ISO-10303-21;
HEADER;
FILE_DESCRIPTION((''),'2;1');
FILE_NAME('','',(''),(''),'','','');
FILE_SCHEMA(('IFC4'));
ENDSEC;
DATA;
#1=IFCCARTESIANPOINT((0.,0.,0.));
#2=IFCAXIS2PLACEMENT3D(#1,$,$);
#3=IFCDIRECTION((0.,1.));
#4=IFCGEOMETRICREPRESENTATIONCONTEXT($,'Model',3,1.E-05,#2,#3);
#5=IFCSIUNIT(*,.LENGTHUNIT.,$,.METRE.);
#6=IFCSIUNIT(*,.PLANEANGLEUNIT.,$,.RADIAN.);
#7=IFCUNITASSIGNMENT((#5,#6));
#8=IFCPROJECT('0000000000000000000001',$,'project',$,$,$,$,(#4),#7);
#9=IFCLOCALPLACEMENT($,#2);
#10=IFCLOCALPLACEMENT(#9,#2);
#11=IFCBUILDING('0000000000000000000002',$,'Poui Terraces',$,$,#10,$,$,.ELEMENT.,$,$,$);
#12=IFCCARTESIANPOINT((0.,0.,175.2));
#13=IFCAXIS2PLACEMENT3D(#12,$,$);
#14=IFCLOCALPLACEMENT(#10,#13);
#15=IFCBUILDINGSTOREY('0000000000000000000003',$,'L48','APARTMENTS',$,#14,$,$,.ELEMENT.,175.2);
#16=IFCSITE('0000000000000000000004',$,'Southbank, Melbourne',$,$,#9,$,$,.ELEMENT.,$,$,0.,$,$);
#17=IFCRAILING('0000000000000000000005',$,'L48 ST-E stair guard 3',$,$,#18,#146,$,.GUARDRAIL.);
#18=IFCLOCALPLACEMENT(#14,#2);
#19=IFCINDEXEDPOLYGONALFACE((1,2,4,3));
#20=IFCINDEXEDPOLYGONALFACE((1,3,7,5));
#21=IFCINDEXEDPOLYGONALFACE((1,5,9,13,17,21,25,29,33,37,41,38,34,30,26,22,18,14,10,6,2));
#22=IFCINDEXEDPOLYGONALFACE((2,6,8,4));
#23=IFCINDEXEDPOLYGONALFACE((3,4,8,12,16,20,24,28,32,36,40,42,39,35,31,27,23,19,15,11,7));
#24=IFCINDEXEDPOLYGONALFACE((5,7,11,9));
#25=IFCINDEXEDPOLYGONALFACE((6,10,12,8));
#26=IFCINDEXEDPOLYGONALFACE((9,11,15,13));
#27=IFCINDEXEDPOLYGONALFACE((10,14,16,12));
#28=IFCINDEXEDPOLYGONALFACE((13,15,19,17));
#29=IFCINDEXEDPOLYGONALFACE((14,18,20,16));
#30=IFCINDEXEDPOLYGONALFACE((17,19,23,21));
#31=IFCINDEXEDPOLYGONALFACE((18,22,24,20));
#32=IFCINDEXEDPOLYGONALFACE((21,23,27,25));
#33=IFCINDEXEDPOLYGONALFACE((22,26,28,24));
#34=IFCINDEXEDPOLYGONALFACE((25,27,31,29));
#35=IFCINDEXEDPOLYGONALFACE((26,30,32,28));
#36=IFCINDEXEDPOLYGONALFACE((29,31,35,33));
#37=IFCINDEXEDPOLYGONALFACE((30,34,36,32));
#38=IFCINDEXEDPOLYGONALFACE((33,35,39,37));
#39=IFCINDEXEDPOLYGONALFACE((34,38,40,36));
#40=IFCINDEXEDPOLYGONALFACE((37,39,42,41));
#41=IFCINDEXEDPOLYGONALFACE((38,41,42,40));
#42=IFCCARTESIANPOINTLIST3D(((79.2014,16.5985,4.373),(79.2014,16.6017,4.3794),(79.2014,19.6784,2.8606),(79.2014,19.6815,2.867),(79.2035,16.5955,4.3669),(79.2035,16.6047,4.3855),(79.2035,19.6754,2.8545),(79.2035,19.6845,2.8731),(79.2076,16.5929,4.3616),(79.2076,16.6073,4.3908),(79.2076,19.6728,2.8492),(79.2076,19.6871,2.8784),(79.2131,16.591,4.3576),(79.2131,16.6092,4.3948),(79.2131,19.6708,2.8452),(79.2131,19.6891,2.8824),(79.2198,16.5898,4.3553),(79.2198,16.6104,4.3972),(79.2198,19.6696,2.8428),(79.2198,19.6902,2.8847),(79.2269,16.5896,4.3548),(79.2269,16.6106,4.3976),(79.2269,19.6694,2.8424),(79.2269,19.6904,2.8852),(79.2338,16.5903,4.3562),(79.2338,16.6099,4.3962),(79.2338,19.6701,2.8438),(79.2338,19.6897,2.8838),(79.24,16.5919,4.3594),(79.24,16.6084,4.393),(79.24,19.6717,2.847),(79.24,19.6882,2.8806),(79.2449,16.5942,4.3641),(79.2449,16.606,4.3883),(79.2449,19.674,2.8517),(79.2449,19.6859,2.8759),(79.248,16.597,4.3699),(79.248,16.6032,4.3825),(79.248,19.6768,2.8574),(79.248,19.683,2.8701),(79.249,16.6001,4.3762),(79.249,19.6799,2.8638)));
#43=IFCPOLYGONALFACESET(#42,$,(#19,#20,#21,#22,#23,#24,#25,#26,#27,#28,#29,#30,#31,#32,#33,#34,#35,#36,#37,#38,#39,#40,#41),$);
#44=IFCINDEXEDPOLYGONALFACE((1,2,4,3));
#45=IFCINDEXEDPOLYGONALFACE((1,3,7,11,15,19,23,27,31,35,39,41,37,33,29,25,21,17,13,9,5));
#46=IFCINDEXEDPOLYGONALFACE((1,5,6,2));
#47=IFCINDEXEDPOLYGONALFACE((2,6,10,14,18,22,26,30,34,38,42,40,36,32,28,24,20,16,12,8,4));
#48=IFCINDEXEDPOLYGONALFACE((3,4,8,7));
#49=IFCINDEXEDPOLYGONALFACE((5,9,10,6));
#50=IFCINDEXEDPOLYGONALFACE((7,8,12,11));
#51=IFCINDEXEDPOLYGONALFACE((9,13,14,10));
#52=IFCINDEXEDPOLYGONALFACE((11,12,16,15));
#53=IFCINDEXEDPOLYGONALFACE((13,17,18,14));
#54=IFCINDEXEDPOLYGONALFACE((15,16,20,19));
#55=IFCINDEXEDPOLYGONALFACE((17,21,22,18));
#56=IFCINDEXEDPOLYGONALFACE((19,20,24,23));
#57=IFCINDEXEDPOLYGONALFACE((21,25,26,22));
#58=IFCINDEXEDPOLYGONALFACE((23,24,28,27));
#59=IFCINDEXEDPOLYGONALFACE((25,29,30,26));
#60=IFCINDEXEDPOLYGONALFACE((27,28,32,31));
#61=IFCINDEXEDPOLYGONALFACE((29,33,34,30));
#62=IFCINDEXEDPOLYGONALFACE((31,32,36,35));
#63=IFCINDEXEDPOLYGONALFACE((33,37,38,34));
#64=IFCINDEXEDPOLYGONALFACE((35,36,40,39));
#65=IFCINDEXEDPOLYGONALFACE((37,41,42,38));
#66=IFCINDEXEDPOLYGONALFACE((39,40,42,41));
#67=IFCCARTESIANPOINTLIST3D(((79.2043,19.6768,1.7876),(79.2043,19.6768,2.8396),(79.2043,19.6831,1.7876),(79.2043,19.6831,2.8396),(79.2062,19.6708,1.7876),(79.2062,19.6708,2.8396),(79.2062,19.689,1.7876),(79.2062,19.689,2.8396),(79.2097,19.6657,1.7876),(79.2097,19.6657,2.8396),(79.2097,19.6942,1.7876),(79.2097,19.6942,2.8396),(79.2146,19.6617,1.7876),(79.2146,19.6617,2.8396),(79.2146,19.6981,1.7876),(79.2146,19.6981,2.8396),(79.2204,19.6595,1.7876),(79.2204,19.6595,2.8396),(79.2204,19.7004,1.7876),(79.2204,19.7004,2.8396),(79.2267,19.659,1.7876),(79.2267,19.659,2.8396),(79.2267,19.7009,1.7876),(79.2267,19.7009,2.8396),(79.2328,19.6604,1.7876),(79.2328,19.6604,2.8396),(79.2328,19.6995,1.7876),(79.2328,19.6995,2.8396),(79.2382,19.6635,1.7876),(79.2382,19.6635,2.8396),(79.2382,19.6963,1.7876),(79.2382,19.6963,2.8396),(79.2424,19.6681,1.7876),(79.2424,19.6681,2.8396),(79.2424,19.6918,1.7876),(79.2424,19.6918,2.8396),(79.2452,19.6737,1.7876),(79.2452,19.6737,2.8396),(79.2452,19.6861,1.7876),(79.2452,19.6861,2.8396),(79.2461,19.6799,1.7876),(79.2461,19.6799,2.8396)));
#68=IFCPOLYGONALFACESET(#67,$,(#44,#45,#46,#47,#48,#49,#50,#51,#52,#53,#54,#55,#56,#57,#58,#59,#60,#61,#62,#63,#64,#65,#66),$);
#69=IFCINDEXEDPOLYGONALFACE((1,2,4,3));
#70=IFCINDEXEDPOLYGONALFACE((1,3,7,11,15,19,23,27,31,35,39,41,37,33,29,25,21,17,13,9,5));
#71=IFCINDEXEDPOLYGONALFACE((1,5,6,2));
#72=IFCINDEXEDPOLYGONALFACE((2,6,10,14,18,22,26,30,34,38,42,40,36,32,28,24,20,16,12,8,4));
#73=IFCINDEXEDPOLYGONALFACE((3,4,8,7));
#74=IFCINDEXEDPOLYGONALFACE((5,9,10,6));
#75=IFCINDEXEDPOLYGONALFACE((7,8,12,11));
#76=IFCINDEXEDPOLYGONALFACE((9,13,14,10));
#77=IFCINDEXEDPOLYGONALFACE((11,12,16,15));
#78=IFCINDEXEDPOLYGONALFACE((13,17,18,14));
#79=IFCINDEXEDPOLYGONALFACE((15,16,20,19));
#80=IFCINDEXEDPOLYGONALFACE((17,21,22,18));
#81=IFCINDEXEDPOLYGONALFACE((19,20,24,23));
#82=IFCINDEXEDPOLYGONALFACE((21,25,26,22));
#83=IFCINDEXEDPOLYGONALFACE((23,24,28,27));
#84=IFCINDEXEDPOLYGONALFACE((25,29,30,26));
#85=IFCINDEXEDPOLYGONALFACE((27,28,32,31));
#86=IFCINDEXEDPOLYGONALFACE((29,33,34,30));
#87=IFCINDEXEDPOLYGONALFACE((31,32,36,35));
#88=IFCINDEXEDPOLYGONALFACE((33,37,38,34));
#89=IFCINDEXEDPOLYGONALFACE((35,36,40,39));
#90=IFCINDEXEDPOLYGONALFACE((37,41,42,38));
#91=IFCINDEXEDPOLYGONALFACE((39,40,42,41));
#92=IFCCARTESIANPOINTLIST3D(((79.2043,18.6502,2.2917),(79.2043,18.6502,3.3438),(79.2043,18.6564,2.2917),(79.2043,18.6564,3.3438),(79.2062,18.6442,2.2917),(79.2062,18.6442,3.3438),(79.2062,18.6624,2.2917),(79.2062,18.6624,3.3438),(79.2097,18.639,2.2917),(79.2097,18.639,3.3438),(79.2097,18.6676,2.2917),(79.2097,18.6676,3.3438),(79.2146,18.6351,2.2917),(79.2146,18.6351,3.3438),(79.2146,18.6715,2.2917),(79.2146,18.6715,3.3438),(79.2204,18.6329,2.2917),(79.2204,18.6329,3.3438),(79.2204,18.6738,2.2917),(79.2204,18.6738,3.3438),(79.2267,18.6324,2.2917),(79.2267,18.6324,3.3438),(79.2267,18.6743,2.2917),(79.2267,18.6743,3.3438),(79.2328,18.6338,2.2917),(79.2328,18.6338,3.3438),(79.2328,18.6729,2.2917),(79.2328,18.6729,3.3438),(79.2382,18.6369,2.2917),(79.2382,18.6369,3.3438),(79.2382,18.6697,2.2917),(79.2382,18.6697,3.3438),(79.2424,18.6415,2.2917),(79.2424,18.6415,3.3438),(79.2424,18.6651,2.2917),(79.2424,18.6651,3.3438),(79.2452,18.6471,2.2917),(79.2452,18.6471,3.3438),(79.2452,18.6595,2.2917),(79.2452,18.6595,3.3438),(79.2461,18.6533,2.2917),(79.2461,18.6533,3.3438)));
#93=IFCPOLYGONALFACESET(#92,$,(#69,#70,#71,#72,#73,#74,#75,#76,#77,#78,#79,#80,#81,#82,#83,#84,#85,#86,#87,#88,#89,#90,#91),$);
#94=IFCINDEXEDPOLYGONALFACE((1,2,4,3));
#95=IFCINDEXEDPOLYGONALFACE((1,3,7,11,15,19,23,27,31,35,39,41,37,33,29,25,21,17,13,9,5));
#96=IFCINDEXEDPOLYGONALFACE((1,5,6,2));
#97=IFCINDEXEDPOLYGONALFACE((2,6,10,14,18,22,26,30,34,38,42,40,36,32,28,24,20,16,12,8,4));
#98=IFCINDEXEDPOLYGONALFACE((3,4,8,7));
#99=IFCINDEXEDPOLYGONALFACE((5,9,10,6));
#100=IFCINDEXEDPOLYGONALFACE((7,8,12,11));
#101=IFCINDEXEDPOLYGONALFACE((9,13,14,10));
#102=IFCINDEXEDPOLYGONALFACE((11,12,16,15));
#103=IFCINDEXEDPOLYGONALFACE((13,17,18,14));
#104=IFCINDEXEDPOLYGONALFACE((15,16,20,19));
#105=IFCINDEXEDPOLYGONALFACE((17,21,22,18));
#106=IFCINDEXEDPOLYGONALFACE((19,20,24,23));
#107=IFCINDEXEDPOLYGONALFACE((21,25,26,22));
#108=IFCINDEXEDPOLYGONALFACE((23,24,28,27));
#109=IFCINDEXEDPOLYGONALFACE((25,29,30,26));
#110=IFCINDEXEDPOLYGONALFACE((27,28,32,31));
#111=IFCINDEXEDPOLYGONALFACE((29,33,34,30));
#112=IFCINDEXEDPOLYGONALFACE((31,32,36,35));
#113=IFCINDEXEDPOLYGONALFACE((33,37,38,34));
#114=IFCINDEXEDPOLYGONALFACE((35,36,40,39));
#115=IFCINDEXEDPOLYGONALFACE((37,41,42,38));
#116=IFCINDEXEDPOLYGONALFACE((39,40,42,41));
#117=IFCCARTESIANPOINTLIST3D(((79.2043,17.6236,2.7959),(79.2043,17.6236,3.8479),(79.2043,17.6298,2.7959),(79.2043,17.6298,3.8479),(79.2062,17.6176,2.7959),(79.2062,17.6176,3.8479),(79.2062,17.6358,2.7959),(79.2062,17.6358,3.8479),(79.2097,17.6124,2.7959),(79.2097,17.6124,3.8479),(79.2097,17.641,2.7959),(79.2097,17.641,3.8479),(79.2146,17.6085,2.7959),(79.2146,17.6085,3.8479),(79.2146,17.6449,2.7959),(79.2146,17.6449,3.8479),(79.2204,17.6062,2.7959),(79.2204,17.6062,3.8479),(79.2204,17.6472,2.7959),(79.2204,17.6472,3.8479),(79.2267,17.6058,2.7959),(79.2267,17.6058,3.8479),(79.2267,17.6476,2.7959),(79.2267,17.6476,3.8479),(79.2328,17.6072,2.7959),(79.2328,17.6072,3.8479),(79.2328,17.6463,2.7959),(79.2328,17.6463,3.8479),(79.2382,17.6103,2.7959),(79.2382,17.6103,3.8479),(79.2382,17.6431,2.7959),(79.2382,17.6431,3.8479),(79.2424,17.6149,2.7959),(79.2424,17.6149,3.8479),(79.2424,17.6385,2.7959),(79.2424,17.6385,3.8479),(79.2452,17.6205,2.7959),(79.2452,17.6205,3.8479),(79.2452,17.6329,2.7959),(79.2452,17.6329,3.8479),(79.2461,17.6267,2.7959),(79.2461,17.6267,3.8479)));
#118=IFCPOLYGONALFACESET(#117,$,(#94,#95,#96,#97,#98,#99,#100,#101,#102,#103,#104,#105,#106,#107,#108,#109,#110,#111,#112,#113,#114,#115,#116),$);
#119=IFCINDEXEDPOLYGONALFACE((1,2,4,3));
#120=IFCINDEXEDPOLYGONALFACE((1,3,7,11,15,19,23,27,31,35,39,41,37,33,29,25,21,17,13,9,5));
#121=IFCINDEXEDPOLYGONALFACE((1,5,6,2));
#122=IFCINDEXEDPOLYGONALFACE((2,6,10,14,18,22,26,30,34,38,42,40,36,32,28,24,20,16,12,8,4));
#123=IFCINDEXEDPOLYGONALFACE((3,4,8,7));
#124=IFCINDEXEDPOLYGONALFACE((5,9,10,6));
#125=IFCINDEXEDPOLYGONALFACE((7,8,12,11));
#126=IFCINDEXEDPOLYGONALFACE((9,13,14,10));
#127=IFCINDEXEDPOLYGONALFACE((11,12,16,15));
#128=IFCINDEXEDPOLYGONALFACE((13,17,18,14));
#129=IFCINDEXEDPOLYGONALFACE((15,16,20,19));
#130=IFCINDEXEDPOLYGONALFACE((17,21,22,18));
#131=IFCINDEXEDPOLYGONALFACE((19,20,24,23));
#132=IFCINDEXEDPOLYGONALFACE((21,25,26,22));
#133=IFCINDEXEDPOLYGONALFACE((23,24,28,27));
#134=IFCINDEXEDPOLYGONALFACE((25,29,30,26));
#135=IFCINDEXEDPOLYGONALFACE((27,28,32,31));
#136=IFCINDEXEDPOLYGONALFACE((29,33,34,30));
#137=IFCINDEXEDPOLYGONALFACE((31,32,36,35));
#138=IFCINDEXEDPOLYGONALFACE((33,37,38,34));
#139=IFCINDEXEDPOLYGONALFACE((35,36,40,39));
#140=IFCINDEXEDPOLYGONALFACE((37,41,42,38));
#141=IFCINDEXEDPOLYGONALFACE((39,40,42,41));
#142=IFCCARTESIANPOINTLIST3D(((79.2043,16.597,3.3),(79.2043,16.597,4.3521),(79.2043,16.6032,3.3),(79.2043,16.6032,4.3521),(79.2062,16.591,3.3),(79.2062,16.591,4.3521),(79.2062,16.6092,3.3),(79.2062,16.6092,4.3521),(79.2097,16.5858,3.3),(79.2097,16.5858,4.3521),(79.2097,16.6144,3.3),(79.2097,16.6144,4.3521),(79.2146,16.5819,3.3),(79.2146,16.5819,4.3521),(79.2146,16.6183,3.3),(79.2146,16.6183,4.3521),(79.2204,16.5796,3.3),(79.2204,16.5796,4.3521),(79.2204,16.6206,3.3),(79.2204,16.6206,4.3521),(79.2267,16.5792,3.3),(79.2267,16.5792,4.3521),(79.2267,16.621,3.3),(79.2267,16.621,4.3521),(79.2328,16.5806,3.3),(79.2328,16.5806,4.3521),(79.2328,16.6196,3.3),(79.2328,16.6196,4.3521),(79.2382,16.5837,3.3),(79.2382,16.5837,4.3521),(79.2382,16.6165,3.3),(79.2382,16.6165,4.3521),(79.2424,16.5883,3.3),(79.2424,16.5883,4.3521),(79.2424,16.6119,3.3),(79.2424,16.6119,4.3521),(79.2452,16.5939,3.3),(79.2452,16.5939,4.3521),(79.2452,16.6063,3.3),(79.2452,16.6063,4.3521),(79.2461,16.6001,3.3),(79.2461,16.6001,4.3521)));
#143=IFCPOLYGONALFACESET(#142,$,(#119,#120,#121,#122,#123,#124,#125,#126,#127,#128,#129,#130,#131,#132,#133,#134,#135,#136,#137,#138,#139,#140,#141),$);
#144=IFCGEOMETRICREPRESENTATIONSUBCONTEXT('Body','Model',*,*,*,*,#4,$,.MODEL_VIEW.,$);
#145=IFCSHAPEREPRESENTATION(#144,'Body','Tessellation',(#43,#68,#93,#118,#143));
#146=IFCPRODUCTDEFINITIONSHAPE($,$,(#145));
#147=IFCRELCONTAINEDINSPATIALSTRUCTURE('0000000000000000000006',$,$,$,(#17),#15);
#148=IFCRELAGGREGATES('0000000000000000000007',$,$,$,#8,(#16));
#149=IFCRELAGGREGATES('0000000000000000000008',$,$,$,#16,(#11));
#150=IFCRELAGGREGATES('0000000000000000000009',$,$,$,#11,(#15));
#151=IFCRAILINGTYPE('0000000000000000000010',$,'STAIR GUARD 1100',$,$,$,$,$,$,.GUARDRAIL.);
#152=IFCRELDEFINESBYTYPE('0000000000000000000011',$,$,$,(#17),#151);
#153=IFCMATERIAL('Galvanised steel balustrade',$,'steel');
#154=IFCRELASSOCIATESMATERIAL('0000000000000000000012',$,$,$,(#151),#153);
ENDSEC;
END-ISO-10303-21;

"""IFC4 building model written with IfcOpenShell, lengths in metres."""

from ifc_helpers import new_model, si_unit, direction, frame, origin, origin_2d, place, context, subcontext, project, spatial, circle, extrude, material, type_object, element, save


model = new_model("IFC4")

# Units and contexts
model_context = context("Model", 3, precision=1e-05, world=origin(), true_north=direction((0.0, 1.0)))
body_context = subcontext(model_context, "Body", "Model", "MODEL_VIEW")
ifc_project = project(units=[si_unit("LENGTHUNIT", "METRE"), si_unit("PLANEANGLEUNIT", "RADIAN")], contexts=[model_context])

# Site, building, storey
site_placement = place(None, origin())
site = spatial("IfcSite", under=ifc_project, at=site_placement, Name="Southbank, Melbourne", CompositionType="ELEMENT", RefElevation=0.0)
building_placement = place(site_placement, origin())
building = spatial("IfcBuilding", under=site, at=building_placement, Name="Poui Terraces", CompositionType="ELEMENT")
storey_placement = place(building_placement, frame((0.0, 0.0, 175.2)))
storey = spatial("IfcBuildingStorey", under=building, at=storey_placement, Name="L48", Description="APARTMENTS", CompositionType="ELEMENT", Elevation=175.2)

# Railing
ifc_material_1 = material(Name="Galvanised steel balustrade", Category="steel")
railing_type_1 = type_object("IfcRailingType", Name="STAIR GUARD 1100", PredefinedType="GUARDRAIL", material=ifc_material_1)
railing_1_placement = place(storey_placement, frame((79.2251, 19.6799, 1.7876)))
element("IfcRailing", 1, at=railing_1_placement, inside=storey, type_object=railing_type_1, Name="L48 ST-E stair guard 3", PredefinedType="GUARDRAIL", context=body_context, shape_type="SweptSolid", body=[
    extrude(circle(Radius=0.0239, at=origin_2d()), frame((0.0, 0.0, 1.0762), z_axis=(0.0, -0.897606, 0.440798), x_axis=(1.0, 0.0, 0.0)), (0.0, 0.0, 1.0), 3.4312),
    extrude(circle(Radius=0.021, at=origin_2d()), origin(), (0.0, 0.0, 1.0), 1.052),
    extrude(circle(Radius=0.021, at=origin_2d()), frame((0.0, -1.0266, 0.5042)), (0.0, 0.0, 1.0), 1.052),
    extrude(circle(Radius=0.021, at=origin_2d()), frame((0.0, -2.0532, 1.0083)), (0.0, 0.0, 1.0), 1.052),
    extrude(circle(Radius=0.021, at=origin_2d()), frame((0.0, -3.0798, 1.5125)), (0.0, 0.0, 1.0), 1.052),
])

save(model, "model.ifc")
